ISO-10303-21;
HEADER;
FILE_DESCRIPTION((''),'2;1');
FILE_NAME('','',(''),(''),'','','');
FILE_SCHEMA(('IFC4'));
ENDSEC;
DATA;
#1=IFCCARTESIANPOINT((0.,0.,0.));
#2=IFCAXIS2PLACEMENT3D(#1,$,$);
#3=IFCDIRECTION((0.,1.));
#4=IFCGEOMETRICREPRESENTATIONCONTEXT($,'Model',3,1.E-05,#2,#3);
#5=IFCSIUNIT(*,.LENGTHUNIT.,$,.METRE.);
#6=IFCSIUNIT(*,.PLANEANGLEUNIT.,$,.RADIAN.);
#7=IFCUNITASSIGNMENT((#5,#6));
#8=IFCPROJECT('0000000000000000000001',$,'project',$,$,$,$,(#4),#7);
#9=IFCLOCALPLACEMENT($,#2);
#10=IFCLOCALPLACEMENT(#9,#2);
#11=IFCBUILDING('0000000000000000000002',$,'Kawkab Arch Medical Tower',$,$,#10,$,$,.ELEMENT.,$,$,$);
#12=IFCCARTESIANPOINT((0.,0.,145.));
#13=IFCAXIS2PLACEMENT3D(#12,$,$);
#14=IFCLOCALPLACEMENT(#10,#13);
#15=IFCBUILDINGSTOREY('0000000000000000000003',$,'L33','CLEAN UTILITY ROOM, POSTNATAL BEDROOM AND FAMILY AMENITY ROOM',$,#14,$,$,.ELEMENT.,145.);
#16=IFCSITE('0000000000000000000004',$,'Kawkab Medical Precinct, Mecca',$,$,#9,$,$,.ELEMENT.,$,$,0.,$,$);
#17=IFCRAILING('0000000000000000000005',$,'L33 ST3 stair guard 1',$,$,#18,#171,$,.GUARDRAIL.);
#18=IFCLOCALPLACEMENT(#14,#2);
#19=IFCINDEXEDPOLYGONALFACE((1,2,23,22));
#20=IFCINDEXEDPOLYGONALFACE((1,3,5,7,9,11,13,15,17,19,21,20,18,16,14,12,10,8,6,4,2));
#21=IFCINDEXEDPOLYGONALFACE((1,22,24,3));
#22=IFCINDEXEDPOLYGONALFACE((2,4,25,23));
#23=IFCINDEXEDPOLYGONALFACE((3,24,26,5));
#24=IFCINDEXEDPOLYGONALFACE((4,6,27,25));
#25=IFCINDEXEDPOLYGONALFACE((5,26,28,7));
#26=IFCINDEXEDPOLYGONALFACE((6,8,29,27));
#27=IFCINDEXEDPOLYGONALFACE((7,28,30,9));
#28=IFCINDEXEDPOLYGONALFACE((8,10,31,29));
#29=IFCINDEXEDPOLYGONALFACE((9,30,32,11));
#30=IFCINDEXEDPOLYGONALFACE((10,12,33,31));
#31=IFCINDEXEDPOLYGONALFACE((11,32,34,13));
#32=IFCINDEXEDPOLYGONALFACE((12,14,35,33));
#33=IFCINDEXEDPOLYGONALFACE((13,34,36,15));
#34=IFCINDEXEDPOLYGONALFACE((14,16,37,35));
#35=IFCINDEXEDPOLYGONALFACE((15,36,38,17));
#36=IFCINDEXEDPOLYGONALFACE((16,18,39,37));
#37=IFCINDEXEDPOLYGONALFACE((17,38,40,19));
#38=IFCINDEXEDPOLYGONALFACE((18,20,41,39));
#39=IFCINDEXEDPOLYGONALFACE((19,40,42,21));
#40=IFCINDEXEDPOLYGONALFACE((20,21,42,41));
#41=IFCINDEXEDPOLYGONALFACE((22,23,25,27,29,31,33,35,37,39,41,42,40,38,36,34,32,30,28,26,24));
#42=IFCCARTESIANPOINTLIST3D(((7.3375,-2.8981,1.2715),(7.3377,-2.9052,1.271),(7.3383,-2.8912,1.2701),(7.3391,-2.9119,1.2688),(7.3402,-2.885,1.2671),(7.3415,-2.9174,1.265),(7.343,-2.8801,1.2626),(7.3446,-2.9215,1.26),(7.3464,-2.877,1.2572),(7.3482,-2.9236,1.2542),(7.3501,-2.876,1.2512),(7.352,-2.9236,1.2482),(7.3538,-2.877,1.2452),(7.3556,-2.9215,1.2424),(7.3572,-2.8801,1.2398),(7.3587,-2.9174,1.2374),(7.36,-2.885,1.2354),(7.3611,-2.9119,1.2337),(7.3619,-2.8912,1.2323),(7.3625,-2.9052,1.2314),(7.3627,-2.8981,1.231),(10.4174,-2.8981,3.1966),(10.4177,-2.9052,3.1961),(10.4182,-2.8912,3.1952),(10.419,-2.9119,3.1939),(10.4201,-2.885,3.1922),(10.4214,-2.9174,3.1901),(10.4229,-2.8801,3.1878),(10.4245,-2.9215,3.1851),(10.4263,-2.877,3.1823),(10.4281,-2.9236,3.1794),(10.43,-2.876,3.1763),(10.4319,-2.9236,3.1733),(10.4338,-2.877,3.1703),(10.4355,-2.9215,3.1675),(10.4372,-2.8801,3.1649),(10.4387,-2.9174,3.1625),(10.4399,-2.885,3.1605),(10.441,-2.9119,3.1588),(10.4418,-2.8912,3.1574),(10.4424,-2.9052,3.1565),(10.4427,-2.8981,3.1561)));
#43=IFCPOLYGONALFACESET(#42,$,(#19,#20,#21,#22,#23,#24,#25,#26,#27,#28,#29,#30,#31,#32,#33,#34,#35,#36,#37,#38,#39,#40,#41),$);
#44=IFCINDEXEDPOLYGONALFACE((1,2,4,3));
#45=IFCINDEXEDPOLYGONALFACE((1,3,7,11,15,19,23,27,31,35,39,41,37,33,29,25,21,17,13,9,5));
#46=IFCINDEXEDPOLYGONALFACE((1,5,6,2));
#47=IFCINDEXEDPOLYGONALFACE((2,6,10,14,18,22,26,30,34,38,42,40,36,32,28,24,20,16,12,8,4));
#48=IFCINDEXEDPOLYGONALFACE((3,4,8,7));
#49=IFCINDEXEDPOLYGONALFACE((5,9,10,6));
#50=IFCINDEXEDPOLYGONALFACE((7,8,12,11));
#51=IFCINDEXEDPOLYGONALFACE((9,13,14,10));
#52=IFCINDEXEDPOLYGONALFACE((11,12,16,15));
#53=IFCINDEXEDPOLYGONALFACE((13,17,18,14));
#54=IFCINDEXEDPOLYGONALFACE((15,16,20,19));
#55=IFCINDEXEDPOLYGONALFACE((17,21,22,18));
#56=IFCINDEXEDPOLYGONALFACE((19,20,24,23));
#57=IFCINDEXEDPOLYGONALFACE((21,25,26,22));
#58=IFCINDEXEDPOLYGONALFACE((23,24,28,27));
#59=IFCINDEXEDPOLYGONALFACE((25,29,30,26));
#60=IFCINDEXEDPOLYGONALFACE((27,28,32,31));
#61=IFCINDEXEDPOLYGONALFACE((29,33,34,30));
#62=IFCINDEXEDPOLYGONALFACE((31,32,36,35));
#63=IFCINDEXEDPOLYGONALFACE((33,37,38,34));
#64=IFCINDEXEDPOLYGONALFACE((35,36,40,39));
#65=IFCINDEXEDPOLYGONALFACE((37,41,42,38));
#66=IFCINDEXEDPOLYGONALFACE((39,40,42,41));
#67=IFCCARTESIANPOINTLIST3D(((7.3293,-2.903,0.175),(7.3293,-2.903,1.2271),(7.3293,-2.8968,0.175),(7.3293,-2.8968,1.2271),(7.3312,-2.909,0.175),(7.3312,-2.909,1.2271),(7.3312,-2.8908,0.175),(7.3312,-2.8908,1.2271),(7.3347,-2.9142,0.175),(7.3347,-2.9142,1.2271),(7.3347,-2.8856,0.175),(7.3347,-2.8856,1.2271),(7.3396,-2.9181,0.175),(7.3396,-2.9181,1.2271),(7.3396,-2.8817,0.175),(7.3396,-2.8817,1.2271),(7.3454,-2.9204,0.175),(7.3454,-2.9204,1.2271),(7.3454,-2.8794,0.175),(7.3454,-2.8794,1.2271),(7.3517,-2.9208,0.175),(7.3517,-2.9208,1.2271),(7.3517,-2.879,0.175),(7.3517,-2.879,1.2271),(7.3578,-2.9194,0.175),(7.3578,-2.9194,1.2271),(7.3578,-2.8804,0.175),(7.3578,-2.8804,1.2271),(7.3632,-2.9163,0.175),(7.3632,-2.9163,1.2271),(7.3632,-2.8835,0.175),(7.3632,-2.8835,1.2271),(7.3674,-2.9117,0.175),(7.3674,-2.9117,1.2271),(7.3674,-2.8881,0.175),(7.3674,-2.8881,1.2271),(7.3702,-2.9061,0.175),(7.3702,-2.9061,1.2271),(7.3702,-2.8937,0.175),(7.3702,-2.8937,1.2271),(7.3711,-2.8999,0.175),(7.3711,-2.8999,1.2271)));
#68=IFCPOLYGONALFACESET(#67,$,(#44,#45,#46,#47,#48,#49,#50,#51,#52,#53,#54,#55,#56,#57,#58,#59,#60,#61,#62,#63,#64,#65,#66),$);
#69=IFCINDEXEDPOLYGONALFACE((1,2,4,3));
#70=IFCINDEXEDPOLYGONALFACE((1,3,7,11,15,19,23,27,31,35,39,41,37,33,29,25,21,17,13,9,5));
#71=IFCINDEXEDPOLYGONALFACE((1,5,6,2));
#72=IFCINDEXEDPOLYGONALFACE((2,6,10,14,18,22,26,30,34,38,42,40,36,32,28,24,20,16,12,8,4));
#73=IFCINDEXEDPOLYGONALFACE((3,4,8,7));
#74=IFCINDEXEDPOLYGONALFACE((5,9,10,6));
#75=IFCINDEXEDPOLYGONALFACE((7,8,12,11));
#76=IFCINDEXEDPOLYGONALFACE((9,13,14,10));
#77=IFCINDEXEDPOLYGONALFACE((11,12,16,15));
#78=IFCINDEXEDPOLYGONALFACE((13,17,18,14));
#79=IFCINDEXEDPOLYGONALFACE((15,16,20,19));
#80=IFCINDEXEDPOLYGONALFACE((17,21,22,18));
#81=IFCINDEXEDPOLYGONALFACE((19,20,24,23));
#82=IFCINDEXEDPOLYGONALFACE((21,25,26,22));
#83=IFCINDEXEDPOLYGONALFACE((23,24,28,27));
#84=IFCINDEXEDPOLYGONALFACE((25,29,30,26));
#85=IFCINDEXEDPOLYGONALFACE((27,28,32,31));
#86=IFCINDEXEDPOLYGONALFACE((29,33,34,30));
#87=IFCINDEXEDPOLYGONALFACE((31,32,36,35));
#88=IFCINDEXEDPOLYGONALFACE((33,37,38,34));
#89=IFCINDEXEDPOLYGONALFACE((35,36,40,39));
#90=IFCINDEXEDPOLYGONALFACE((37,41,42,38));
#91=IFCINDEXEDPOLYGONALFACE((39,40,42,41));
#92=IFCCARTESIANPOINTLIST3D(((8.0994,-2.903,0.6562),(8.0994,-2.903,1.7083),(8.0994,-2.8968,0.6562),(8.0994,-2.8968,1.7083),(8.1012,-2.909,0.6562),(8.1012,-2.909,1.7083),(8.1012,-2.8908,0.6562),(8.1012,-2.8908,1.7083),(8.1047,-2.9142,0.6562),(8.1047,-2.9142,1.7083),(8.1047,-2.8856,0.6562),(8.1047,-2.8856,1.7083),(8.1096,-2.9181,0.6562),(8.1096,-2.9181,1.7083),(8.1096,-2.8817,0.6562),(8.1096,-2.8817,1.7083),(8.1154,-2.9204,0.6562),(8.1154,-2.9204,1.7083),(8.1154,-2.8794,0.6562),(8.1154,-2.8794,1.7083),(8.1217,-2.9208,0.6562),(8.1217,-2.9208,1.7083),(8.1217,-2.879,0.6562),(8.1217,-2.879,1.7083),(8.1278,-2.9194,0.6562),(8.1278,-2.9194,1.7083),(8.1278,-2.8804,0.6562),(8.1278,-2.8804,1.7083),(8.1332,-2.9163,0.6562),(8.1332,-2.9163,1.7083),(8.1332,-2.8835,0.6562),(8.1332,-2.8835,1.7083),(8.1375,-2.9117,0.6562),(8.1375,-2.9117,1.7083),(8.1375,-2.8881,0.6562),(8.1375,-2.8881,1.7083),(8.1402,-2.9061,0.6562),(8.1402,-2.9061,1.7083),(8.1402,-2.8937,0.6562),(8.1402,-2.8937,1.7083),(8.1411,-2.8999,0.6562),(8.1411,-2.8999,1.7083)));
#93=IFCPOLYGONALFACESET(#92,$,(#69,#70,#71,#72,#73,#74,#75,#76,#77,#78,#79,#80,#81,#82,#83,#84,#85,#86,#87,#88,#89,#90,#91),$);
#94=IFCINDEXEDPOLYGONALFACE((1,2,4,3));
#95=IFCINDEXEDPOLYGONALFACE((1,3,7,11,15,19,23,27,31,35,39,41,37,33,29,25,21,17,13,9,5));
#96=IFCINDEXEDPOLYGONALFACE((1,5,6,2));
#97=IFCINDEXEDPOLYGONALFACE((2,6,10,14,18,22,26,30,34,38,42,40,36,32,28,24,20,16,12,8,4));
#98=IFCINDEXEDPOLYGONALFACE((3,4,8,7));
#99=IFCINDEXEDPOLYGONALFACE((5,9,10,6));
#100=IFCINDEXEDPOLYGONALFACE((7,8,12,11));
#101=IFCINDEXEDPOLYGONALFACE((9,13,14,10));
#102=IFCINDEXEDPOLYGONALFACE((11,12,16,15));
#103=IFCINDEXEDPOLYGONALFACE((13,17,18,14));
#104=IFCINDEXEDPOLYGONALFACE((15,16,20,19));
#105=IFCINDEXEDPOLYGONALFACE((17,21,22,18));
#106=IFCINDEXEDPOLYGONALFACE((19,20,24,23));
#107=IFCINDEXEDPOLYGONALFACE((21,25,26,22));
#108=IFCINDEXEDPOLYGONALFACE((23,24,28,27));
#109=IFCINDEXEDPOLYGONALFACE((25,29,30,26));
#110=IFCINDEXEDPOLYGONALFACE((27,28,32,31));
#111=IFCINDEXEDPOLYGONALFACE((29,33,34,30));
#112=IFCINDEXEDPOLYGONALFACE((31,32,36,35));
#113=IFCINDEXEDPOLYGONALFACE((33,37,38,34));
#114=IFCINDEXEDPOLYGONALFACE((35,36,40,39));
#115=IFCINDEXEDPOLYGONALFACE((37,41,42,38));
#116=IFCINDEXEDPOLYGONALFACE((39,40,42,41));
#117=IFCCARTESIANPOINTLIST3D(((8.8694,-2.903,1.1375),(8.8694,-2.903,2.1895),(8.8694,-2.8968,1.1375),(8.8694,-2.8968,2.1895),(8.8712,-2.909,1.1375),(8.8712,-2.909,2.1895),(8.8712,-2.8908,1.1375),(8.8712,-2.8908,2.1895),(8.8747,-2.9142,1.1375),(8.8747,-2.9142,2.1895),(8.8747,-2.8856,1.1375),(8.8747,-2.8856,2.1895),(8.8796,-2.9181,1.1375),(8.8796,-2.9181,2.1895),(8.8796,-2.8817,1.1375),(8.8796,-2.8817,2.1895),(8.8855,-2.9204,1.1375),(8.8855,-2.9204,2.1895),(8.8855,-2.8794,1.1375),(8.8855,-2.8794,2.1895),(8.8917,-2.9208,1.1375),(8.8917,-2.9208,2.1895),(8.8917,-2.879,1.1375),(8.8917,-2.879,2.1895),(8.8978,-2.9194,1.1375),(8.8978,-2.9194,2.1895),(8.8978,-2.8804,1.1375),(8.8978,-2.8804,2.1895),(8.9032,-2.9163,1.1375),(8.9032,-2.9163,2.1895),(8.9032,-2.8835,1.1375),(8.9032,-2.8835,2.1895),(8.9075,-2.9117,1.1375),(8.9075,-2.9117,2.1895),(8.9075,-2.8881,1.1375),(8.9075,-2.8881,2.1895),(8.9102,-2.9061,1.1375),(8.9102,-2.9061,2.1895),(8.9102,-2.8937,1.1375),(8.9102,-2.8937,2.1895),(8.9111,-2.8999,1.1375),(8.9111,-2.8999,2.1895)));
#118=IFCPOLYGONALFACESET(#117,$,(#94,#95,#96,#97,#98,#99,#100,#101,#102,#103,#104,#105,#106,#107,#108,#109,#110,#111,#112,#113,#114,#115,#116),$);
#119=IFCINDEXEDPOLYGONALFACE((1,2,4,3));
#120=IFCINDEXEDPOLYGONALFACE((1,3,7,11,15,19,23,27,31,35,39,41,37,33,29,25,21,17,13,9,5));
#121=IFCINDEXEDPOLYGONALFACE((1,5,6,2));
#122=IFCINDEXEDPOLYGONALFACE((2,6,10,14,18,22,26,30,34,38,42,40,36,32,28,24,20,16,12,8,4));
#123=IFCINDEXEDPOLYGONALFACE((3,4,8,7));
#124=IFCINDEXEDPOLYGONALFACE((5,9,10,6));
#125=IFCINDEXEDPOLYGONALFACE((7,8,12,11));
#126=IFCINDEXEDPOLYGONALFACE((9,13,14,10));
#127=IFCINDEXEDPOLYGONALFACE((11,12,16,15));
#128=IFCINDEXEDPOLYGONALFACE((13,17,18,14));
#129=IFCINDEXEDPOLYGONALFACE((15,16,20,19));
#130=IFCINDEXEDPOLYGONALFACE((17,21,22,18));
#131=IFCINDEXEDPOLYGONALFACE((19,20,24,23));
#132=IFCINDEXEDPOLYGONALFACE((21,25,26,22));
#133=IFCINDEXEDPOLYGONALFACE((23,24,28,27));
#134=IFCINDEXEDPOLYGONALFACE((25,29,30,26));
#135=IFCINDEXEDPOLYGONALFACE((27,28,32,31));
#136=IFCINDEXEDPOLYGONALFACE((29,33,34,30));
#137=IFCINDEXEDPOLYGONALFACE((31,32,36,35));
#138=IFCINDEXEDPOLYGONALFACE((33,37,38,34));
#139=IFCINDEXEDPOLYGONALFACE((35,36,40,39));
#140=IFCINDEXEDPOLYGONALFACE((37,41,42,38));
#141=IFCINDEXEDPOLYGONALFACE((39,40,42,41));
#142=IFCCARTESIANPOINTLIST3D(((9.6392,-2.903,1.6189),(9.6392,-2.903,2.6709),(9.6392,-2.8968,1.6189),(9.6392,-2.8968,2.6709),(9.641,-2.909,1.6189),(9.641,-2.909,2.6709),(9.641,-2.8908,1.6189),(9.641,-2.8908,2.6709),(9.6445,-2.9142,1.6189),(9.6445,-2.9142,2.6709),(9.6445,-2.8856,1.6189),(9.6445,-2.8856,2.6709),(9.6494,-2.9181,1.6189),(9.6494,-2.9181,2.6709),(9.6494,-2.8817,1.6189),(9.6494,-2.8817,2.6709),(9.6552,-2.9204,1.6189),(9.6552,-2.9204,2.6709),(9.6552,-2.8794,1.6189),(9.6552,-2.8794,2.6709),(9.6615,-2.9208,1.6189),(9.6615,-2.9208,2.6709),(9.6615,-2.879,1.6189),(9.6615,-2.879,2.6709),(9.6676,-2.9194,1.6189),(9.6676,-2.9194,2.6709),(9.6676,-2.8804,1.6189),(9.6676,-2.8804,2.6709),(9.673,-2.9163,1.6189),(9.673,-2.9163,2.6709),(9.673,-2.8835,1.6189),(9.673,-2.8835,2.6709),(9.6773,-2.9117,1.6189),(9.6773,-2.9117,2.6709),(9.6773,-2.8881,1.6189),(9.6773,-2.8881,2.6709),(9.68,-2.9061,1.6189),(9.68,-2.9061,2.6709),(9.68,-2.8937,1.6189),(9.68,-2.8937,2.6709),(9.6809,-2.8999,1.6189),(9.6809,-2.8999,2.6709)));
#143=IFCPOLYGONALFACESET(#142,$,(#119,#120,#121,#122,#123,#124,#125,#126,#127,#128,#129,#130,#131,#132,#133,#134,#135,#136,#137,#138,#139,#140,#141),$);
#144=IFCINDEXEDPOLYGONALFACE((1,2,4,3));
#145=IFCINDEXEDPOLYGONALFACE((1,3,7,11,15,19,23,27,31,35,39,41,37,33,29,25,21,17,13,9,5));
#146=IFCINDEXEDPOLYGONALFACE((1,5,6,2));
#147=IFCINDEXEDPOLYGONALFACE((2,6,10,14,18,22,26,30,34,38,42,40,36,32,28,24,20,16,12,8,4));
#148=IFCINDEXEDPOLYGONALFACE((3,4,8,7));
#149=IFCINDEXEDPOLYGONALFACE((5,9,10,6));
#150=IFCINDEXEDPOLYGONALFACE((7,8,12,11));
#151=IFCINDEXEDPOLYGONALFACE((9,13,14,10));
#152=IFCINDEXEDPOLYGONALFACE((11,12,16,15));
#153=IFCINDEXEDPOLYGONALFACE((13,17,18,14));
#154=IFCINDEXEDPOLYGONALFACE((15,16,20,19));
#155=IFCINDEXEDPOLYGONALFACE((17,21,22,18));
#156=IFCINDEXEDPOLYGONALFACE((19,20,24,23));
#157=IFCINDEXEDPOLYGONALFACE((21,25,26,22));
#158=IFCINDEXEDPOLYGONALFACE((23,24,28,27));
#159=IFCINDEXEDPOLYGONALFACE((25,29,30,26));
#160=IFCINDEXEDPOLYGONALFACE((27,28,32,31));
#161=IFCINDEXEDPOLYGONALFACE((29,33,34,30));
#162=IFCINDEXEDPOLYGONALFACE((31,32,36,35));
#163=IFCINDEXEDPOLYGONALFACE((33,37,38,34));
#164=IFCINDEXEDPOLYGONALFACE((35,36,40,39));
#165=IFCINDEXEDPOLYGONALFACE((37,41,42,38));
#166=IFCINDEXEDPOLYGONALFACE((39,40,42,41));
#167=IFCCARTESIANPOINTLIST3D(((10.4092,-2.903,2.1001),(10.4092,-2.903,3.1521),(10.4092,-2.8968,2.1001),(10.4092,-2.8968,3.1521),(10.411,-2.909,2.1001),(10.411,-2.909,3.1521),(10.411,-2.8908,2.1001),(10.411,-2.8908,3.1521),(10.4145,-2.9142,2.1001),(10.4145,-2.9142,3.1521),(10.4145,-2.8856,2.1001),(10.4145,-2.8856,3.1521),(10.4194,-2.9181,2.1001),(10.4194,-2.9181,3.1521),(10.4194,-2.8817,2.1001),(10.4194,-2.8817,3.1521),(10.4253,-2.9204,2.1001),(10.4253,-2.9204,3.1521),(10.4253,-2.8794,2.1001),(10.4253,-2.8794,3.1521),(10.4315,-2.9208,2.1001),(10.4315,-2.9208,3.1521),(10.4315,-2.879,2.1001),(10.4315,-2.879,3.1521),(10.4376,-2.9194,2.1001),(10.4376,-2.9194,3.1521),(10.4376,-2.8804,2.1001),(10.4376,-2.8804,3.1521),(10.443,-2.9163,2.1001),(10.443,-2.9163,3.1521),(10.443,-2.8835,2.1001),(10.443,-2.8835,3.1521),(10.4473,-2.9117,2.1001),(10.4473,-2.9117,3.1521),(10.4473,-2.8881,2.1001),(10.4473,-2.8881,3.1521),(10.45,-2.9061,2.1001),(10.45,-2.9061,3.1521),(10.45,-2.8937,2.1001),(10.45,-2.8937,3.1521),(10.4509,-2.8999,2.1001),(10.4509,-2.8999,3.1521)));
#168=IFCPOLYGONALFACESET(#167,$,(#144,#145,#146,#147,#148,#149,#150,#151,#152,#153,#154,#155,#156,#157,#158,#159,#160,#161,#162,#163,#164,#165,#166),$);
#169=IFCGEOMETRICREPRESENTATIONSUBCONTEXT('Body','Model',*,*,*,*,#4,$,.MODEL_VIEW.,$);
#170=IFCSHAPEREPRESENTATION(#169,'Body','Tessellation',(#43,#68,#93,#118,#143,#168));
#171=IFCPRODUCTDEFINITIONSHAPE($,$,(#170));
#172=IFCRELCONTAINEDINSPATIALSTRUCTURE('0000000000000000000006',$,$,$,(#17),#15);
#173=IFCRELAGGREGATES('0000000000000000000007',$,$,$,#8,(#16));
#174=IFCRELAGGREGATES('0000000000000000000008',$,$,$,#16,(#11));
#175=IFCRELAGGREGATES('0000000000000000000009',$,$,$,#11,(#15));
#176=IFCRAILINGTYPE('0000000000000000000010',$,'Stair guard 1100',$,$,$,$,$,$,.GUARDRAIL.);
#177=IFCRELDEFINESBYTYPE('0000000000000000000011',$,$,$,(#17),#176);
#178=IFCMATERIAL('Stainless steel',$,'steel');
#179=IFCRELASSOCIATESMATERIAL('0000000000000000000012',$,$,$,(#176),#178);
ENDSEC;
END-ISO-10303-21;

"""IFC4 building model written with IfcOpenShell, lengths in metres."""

from ifc_helpers import new_model, si_unit, direction, frame, origin, origin_2d, place, context, subcontext, project, spatial, circle, extrude, material, type_object, element, save


model = new_model("IFC4")

# Units and contexts
model_context = context("Model", 3, precision=1e-05, world=origin(), true_north=direction((0.0, 1.0)))
body_context = subcontext(model_context, "Body", "Model", "MODEL_VIEW")
ifc_project = project(units=[si_unit("LENGTHUNIT", "METRE"), si_unit("PLANEANGLEUNIT", "RADIAN")], contexts=[model_context])

# Site, building, storey
site_placement = place(None, origin())
site = spatial("IfcSite", under=ifc_project, at=site_placement, Name="Kawkab Medical Precinct, Mecca", CompositionType="ELEMENT", RefElevation=0.0)
building_placement = place(site_placement, origin())
building = spatial("IfcBuilding", under=site, at=building_placement, Name="Kawkab Arch Medical Tower", CompositionType="ELEMENT")
storey_placement = place(building_placement, frame((0.0, 0.0, 145.0)))
storey = spatial("IfcBuildingStorey", under=building, at=storey_placement, Name="L33", Description="CLEAN UTILITY ROOM, POSTNATAL BEDROOM AND FAMILY AMENITY ROOM", CompositionType="ELEMENT", Elevation=145.0)

# Railing
ifc_material_1 = material(Name="Stainless steel", Category="steel")
railing_type_1 = type_object("IfcRailingType", Name="Stair guard 1100", PredefinedType="GUARDRAIL", material=ifc_material_1)
railing_1_placement = place(storey_placement, frame((7.3501, -2.8999, 0.175)))
element("IfcRailing", 1, at=railing_1_placement, inside=storey, type_object=railing_type_1, Name="L33 ST3 stair guard 1", PredefinedType="GUARDRAIL", context=body_context, shape_type="SweptSolid", body=[
    extrude(circle(Radius=0.0239, at=origin_2d()), frame((0.0, 0.0, 1.0762), z_axis=(0.847979, 0.0, 0.530029), x_axis=(0.0, 1.0, 0.0)), (0.0, 0.0, 1.0), 3.6321),
    extrude(circle(Radius=0.021, at=origin_2d()), origin(), (0.0, 0.0, 1.0), 1.052),
    extrude(circle(Radius=0.021, at=origin_2d()), frame((0.77, 0.0, 0.4812)), (0.0, 0.0, 1.0), 1.052),
    extrude(circle(Radius=0.021, at=origin_2d()), frame((1.54, 0.0, 0.9624)), (0.0, 0.0, 1.0), 1.052),
    extrude(circle(Radius=0.021, at=origin_2d()), frame((2.3098, 0.0, 1.4438)), (0.0, 0.0, 1.0), 1.052),
    extrude(circle(Radius=0.021, at=origin_2d()), frame((3.0798, 0.0, 1.925)), (0.0, 0.0, 1.0), 1.052),
])

save(model, "model.ifc")
